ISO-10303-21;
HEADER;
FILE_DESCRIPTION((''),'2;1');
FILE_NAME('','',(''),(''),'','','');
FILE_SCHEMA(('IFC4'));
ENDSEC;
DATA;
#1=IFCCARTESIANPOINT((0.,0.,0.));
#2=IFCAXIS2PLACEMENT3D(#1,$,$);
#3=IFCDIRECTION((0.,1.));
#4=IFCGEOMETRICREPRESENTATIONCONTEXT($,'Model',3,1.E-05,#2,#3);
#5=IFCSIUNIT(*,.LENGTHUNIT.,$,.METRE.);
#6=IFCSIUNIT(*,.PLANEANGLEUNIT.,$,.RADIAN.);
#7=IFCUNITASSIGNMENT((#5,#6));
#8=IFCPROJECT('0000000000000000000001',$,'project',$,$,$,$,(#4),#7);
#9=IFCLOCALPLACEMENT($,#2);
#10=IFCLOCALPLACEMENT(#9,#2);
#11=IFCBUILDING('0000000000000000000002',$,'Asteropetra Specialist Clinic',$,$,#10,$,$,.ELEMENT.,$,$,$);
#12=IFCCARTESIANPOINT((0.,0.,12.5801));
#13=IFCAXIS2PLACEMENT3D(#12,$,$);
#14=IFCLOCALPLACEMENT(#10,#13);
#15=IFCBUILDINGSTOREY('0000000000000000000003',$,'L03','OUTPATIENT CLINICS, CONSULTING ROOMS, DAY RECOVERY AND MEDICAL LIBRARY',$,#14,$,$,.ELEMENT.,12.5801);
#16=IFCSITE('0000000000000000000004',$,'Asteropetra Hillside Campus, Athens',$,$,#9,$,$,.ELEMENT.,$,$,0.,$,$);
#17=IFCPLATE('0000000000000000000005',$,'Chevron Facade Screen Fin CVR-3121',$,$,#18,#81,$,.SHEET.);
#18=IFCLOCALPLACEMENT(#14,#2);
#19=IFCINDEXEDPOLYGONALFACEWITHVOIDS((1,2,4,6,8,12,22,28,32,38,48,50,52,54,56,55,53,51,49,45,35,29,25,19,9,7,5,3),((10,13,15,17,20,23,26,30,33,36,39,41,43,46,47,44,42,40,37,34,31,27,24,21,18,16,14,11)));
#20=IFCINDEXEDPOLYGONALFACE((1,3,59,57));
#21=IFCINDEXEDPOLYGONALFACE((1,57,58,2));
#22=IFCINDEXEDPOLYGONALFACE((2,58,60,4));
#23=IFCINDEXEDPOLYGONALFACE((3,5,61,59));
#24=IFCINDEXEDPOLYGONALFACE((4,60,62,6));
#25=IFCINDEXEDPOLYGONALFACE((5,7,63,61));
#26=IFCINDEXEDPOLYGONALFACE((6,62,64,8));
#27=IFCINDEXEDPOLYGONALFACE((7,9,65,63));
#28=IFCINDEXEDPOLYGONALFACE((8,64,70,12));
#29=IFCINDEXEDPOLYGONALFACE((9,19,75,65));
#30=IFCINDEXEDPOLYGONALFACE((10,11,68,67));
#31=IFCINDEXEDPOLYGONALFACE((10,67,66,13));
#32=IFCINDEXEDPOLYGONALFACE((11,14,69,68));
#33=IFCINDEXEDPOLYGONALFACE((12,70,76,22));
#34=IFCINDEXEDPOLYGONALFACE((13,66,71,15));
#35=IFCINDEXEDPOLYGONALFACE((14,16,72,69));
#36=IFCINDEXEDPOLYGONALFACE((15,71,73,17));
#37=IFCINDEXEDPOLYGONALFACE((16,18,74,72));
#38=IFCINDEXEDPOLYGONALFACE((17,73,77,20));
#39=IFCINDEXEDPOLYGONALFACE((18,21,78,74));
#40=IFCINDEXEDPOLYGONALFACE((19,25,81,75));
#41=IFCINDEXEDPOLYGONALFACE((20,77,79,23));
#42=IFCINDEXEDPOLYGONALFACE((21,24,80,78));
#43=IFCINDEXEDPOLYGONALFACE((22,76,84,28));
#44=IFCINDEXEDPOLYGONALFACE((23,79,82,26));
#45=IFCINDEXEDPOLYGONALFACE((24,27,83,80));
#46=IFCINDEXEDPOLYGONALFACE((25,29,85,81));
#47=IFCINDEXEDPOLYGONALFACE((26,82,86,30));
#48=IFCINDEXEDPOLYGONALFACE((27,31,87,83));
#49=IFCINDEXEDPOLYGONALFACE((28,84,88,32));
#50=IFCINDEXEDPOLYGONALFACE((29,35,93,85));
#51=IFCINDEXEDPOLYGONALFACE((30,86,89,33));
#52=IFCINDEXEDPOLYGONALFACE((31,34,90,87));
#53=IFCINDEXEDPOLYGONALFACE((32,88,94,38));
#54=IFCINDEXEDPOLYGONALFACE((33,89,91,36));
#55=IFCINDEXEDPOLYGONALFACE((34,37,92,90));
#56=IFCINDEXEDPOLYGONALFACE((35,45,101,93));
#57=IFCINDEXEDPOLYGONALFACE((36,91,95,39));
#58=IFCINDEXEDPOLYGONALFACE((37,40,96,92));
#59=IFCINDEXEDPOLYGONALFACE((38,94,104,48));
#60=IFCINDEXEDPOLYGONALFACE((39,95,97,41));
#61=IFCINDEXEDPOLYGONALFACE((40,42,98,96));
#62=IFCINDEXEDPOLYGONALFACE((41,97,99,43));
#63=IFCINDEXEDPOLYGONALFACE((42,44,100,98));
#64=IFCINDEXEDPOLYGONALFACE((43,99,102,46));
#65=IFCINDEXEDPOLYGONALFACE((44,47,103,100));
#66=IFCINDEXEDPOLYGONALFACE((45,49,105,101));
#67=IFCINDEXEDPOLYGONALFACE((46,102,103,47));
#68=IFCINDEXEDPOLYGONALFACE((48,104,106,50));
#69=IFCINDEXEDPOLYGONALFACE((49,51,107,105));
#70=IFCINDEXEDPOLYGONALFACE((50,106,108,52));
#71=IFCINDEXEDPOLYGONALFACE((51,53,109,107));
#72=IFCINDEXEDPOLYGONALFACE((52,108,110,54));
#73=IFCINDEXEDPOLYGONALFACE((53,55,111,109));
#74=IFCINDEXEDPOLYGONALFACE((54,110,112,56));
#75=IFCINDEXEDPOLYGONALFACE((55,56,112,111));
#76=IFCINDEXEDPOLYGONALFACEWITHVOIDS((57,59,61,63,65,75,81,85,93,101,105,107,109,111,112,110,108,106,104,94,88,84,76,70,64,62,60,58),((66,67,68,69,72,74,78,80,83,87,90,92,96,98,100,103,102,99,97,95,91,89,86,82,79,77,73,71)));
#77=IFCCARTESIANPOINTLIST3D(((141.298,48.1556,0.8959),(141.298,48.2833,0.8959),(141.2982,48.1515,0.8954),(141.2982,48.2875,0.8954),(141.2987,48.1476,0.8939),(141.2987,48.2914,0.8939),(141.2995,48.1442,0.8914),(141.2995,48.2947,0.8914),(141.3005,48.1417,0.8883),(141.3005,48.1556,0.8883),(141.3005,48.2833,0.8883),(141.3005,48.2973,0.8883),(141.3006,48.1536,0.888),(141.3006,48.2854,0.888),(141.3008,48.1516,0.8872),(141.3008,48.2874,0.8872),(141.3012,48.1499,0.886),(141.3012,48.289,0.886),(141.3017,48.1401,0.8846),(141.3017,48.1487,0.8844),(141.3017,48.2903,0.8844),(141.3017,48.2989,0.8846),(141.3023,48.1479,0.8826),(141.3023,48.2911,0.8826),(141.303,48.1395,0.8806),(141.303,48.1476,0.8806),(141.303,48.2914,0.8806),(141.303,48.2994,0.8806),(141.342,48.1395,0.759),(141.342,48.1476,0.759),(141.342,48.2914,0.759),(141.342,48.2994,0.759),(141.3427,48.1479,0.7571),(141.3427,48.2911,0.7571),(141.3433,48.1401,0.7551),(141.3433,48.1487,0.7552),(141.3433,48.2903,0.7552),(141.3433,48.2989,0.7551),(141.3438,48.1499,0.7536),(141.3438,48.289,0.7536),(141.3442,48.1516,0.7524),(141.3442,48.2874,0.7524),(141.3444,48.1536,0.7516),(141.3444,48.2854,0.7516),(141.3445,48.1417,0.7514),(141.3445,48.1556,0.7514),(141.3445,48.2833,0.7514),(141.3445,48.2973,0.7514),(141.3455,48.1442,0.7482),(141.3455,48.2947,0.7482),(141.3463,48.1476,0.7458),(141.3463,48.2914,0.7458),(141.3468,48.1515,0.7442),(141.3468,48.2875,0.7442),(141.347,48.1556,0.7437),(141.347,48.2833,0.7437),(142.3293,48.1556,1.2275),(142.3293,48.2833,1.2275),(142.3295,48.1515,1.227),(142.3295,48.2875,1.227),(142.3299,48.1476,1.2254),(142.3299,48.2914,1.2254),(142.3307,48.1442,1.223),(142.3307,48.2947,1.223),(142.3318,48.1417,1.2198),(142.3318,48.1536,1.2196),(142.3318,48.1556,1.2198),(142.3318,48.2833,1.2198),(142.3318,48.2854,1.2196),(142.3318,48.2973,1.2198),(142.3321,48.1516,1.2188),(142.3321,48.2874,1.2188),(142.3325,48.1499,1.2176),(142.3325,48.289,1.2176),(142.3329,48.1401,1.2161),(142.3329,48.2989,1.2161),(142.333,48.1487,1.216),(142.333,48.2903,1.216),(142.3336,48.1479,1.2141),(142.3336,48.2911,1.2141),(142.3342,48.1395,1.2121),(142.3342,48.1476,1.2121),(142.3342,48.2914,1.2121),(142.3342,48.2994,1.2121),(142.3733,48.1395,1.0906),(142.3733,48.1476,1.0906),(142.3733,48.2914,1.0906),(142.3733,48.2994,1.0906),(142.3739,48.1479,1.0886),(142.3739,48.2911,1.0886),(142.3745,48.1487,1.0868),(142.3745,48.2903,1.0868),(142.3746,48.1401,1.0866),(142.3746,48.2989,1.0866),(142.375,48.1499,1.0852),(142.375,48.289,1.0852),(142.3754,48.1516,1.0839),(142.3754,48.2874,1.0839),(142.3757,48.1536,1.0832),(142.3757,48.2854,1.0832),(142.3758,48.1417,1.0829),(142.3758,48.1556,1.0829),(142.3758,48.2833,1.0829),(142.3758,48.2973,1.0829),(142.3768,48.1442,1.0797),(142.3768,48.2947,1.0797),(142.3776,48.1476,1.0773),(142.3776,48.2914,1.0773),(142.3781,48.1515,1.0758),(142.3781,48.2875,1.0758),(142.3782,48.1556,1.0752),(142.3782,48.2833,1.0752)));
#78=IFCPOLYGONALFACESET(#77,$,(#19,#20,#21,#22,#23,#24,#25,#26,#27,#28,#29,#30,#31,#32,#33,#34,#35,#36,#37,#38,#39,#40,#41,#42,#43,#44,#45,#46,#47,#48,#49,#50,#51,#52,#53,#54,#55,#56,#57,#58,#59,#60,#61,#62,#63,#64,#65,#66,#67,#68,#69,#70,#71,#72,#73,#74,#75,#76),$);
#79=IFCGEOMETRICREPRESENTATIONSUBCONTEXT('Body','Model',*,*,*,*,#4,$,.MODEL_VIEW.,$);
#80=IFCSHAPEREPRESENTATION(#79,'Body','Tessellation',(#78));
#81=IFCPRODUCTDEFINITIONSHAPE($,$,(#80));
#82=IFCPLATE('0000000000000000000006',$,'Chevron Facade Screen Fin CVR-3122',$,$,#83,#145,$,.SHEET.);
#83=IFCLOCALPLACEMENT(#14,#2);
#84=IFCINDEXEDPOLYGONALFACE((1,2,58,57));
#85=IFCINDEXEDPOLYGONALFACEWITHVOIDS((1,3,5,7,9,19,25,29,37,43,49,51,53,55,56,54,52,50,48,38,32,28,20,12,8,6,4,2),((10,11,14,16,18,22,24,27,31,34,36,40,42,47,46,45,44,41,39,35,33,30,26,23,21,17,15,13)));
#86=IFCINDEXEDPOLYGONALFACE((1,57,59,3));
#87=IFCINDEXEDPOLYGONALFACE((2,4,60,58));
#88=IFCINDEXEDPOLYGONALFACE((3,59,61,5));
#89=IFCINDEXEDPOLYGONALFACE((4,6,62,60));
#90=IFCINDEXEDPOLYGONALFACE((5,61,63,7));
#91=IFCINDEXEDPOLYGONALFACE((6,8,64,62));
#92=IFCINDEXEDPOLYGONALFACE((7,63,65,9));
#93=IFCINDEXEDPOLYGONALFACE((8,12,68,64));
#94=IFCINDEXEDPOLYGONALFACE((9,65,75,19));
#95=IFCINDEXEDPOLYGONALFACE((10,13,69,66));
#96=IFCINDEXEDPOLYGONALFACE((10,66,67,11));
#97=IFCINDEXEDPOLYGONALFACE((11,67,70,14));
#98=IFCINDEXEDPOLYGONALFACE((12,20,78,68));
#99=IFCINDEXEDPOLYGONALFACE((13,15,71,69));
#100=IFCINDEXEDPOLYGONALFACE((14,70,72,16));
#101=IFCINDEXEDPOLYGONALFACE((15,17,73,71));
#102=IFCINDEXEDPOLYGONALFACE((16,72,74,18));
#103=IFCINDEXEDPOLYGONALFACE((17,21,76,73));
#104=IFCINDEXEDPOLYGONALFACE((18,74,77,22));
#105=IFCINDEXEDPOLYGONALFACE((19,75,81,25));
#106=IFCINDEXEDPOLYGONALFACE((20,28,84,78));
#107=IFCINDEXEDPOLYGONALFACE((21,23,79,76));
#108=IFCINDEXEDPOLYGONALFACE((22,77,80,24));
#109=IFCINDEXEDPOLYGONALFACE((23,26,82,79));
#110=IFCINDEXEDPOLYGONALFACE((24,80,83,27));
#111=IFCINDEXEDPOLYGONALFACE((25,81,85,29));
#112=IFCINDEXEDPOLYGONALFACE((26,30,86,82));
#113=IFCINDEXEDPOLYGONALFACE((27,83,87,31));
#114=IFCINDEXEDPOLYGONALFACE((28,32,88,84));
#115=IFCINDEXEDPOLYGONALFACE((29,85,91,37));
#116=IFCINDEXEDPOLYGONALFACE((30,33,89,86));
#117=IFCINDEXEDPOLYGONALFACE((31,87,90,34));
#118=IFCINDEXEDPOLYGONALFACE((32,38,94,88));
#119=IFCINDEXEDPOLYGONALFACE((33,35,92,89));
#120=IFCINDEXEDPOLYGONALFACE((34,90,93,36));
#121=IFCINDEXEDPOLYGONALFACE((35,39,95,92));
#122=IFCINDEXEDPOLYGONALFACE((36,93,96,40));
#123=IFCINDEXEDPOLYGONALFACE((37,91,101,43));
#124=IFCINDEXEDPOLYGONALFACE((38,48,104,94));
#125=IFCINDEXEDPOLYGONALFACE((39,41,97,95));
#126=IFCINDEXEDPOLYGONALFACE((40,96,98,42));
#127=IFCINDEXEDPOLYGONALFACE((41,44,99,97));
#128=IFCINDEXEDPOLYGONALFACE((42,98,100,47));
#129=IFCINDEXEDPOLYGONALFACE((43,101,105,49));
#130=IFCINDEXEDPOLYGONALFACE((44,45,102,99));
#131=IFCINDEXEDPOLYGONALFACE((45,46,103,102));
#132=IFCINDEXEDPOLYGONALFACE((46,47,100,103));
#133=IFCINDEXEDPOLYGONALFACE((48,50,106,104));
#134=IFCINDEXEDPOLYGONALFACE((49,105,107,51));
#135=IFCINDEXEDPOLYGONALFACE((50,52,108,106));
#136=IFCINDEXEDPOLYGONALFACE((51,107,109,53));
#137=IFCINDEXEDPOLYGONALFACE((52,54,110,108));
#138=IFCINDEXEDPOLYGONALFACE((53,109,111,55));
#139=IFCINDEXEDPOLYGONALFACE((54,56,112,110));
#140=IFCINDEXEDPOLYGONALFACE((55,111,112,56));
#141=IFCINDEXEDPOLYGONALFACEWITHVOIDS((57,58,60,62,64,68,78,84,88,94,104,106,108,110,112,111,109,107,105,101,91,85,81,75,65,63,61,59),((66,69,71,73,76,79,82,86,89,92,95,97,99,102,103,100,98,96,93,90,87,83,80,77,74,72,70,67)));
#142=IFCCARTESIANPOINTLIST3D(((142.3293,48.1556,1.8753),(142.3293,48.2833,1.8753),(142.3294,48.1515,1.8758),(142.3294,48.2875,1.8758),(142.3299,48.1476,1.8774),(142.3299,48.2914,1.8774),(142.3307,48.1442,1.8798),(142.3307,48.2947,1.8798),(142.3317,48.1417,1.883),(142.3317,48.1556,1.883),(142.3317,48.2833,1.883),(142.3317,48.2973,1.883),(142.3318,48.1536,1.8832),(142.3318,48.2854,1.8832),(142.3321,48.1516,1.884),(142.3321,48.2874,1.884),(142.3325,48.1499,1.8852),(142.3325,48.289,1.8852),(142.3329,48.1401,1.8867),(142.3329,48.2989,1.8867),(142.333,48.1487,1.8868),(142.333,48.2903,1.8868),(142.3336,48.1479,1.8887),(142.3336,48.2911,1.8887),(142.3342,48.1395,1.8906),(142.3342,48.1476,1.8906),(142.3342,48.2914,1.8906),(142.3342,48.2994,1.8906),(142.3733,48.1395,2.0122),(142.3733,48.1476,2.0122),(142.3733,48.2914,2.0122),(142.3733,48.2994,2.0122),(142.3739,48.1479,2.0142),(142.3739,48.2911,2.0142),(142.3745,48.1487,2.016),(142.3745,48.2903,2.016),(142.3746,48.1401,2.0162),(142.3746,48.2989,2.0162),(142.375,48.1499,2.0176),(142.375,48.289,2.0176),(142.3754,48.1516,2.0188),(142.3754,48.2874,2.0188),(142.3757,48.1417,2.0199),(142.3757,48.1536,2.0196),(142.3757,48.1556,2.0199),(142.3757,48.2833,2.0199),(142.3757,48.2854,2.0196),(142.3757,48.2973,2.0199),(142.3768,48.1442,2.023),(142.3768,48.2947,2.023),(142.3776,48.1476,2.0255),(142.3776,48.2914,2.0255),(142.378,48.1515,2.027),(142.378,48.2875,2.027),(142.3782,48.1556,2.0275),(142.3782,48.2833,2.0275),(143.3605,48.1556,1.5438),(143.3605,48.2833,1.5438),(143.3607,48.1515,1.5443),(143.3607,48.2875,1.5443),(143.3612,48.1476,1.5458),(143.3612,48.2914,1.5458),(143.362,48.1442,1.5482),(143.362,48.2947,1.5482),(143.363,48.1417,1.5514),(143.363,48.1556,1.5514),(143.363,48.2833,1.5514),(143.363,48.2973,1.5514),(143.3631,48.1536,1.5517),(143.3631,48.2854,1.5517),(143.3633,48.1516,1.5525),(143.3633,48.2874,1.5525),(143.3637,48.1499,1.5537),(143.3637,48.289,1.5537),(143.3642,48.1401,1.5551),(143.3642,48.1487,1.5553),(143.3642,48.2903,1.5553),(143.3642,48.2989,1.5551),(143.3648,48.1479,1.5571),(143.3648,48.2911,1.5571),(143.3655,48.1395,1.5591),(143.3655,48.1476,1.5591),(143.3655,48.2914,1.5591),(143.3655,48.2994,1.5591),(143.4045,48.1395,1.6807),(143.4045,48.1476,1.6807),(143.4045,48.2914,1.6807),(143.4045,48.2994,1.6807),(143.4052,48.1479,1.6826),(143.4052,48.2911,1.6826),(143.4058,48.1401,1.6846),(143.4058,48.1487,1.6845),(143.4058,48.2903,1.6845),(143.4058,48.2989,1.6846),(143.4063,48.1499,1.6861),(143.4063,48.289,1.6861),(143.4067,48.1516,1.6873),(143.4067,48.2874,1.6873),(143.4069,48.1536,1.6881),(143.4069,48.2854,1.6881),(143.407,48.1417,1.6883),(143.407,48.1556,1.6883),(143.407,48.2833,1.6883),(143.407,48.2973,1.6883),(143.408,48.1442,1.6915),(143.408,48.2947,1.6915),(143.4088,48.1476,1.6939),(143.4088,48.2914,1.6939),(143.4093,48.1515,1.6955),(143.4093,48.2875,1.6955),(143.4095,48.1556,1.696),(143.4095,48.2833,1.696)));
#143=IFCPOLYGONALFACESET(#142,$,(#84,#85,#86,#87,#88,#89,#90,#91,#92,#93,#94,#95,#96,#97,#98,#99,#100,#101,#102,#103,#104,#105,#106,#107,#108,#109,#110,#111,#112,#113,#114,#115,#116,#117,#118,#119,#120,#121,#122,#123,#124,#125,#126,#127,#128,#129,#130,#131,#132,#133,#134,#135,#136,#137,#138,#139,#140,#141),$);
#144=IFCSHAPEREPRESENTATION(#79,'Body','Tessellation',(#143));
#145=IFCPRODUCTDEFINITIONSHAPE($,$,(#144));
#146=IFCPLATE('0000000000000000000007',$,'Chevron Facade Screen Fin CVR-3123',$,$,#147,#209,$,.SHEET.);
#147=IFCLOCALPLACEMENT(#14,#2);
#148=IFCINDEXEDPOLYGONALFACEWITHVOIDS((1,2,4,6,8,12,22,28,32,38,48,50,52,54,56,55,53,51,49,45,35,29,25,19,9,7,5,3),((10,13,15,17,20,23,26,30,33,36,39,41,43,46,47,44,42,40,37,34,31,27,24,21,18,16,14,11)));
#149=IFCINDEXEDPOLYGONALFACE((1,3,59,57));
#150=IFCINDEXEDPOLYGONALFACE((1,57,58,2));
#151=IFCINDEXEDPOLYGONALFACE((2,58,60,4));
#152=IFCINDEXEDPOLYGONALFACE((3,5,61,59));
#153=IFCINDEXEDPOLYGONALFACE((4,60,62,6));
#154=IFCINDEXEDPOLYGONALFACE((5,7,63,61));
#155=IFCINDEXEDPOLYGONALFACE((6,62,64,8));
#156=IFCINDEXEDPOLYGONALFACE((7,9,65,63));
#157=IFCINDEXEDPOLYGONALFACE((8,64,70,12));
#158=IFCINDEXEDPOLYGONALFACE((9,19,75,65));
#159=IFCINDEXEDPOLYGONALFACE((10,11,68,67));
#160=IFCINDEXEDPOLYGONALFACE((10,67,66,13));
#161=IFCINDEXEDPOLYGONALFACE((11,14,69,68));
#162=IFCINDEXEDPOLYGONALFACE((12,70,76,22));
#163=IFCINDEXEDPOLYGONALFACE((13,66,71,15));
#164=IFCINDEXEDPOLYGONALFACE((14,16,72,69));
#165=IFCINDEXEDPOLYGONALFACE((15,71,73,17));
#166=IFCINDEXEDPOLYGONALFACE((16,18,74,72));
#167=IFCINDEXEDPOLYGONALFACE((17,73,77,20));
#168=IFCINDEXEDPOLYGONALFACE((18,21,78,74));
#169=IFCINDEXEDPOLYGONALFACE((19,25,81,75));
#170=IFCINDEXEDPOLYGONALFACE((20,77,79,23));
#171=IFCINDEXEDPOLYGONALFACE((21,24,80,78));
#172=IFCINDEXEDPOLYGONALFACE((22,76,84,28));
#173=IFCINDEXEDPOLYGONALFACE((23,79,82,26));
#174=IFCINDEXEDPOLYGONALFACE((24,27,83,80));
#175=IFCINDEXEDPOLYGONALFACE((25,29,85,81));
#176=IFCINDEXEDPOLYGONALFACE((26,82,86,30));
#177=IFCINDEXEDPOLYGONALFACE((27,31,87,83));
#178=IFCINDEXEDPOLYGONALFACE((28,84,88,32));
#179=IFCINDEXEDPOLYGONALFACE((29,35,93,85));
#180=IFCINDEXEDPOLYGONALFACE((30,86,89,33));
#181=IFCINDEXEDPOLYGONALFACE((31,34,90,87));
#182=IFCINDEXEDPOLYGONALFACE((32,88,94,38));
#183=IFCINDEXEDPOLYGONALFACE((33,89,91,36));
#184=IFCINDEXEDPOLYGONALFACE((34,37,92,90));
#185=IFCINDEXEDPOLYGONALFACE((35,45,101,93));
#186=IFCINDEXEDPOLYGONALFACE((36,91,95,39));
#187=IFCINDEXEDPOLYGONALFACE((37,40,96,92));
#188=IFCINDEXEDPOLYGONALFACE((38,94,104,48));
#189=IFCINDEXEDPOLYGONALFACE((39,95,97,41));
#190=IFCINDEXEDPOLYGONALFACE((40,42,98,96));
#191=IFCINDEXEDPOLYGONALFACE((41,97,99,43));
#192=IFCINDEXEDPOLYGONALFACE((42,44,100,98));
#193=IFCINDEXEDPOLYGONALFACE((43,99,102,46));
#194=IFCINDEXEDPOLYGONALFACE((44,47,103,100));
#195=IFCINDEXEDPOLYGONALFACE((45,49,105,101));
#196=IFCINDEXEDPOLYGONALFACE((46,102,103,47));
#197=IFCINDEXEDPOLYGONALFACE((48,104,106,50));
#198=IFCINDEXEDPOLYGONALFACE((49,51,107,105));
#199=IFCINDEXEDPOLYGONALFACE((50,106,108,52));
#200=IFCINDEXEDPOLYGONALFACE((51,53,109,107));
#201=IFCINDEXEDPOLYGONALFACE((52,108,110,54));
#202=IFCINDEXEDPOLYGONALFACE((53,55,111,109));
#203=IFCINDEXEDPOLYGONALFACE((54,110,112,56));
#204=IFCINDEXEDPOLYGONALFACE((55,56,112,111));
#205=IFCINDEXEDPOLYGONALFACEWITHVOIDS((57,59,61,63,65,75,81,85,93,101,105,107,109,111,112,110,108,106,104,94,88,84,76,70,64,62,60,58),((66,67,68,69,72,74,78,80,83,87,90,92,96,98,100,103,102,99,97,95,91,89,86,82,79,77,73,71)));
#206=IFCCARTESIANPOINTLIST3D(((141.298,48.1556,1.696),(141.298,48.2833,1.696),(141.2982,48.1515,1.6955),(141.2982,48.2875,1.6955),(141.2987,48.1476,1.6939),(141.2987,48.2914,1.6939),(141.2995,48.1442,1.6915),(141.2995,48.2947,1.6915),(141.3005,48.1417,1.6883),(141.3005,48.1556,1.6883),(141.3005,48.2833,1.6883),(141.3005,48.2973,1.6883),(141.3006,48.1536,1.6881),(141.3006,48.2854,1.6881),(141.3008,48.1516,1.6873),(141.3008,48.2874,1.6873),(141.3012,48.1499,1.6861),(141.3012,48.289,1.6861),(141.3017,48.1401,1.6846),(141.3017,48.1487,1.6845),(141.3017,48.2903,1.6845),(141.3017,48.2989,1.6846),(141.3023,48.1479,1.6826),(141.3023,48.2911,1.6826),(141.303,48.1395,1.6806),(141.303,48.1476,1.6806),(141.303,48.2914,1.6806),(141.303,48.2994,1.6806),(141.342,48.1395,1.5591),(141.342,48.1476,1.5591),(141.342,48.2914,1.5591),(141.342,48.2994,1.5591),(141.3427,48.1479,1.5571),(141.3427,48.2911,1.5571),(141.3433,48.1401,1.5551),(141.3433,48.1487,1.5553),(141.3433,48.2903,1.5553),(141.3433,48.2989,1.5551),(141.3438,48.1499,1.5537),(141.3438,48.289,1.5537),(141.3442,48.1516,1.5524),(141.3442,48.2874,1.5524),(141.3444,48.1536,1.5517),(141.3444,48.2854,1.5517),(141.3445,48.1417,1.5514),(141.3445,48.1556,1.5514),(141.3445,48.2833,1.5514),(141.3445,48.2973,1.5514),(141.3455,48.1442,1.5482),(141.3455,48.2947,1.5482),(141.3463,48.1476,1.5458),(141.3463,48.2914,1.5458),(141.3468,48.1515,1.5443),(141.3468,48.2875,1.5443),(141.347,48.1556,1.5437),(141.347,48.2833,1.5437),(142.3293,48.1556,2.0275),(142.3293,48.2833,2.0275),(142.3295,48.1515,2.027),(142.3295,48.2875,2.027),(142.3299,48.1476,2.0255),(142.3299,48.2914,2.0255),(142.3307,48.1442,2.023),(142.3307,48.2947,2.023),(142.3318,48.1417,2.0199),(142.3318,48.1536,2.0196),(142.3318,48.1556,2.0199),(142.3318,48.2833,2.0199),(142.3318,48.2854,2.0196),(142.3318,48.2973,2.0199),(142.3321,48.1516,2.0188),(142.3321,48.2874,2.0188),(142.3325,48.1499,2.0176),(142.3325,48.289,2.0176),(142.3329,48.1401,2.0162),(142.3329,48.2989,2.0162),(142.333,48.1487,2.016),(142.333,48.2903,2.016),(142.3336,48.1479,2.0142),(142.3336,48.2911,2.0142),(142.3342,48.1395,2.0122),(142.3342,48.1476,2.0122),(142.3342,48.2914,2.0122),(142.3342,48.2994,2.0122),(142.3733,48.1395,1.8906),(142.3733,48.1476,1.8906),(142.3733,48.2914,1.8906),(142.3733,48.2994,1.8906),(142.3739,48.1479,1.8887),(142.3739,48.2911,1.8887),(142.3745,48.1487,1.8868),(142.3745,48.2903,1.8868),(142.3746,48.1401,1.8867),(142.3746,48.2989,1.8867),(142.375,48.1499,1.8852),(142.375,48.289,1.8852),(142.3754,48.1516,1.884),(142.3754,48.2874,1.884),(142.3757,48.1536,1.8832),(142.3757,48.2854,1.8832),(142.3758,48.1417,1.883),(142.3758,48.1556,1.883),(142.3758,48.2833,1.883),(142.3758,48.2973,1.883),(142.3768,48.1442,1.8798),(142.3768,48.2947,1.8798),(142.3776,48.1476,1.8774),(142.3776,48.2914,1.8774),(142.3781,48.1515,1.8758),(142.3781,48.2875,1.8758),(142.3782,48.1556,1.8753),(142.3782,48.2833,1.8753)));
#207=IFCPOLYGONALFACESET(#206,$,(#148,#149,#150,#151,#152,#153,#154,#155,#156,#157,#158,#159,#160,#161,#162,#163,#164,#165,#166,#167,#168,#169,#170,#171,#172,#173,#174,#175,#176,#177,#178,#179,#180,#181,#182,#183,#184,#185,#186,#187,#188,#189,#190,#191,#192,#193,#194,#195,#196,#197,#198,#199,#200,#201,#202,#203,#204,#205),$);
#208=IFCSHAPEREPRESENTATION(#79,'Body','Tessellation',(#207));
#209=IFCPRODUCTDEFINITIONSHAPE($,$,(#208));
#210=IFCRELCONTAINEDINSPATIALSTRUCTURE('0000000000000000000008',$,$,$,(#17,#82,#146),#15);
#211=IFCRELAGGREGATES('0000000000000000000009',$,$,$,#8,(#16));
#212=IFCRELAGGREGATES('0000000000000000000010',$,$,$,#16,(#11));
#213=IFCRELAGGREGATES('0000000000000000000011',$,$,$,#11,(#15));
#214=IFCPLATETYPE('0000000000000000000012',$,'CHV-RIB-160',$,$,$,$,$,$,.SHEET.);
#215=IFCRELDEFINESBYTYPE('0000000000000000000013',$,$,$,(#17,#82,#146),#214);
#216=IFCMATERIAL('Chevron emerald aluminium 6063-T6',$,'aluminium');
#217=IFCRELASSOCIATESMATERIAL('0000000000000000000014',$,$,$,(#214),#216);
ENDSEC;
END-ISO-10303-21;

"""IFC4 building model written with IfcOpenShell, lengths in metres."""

from ifc_helpers import new_model, si_unit, direction, frame, origin, origin_2d, place, context, subcontext, project, spatial, hollow_rectangle, extrude, material, material_profile, profile_set, type_object, element, save


model = new_model("IFC4")

# Units and contexts
model_context = context("Model", 3, precision=1e-05, world=origin(), true_north=direction((0.0, 1.0)))
body_context = subcontext(model_context, "Body", "Model", "MODEL_VIEW")
ifc_project = project(units=[si_unit("LENGTHUNIT", "METRE"), si_unit("PLANEANGLEUNIT", "RADIAN")], contexts=[model_context])

# Site, building, storey
site_placement = place(None, origin())
site = spatial("IfcSite", under=ifc_project, at=site_placement, Name="Asteropetra Hillside Campus, Athens", CompositionType="ELEMENT", RefElevation=0.0)
building_placement = place(site_placement, origin())
building = spatial("IfcBuilding", under=site, at=building_placement, Name="Asteropetra Specialist Clinic", CompositionType="ELEMENT")
storey_placement = place(building_placement, frame((0.0, 0.0, 12.5801)))
storey = spatial("IfcBuildingStorey", under=building, at=storey_placement, Name="L03", Description="OUTPATIENT CLINICS, CONSULTING ROOMS, DAY RECOVERY AND MEDICAL LIBRARY", CompositionType="ELEMENT", Elevation=12.5801)

# Plates
ifc_material_1 = material(Name="Chevron emerald aluminium 6063-T6", Category="aluminium")
ifc_material_profile = material_profile(ifc_material_1, hollow_rectangle(XDim=0.1599, YDim=0.1599, WallThickness=0.0081, InnerFilletRadius=0.0081, OuterFilletRadius=0.0161, at=origin_2d()), Name="SHS 160x160x8.0")
ifc_profile_set = profile_set([ifc_material_profile], Name="Chevron emerald aluminium 6063-T6")
plate_type_1 = type_object("IfcPlateType", Name="CHV-RIB-160", PredefinedType="SHEET", material=ifc_profile_set)
for number, where, z_axis, x_axis, name in (
    (1, (142.3538, 48.2195, 1.1514), (-0.95201, 0.0, -0.306068), (0.0, -1.0, 0.0), "Chevron Facade Screen Fin CVR-3121"),
    (2, (143.385, 48.2195, 1.6199), (-0.95201, 0.0, 0.306068), (0.0, -1.0, 0.0), "Chevron Facade Screen Fin CVR-3122"),
    (3, (142.3538, 48.2195, 1.9514), (-0.95201, 0.0, -0.306068), (0.0, -1.0, 0.0), "Chevron Facade Screen Fin CVR-3123"),
):
    element("IfcPlate", number, at=place(storey_placement, frame(where, z_axis=z_axis, x_axis=x_axis)), inside=storey, type_object=plate_type_1, Name=name, PredefinedType="SHEET", context=body_context, shape_type="SweptSolid", body=[
        extrude(hollow_rectangle(XDim=0.1599, YDim=0.1599, WallThickness=0.0081, InnerFilletRadius=0.0081, OuterFilletRadius=0.0161, at=origin_2d()), origin(), (0.0, 0.0, 1.0), 1.0833),
    ])

save(model, "model.ifc")
